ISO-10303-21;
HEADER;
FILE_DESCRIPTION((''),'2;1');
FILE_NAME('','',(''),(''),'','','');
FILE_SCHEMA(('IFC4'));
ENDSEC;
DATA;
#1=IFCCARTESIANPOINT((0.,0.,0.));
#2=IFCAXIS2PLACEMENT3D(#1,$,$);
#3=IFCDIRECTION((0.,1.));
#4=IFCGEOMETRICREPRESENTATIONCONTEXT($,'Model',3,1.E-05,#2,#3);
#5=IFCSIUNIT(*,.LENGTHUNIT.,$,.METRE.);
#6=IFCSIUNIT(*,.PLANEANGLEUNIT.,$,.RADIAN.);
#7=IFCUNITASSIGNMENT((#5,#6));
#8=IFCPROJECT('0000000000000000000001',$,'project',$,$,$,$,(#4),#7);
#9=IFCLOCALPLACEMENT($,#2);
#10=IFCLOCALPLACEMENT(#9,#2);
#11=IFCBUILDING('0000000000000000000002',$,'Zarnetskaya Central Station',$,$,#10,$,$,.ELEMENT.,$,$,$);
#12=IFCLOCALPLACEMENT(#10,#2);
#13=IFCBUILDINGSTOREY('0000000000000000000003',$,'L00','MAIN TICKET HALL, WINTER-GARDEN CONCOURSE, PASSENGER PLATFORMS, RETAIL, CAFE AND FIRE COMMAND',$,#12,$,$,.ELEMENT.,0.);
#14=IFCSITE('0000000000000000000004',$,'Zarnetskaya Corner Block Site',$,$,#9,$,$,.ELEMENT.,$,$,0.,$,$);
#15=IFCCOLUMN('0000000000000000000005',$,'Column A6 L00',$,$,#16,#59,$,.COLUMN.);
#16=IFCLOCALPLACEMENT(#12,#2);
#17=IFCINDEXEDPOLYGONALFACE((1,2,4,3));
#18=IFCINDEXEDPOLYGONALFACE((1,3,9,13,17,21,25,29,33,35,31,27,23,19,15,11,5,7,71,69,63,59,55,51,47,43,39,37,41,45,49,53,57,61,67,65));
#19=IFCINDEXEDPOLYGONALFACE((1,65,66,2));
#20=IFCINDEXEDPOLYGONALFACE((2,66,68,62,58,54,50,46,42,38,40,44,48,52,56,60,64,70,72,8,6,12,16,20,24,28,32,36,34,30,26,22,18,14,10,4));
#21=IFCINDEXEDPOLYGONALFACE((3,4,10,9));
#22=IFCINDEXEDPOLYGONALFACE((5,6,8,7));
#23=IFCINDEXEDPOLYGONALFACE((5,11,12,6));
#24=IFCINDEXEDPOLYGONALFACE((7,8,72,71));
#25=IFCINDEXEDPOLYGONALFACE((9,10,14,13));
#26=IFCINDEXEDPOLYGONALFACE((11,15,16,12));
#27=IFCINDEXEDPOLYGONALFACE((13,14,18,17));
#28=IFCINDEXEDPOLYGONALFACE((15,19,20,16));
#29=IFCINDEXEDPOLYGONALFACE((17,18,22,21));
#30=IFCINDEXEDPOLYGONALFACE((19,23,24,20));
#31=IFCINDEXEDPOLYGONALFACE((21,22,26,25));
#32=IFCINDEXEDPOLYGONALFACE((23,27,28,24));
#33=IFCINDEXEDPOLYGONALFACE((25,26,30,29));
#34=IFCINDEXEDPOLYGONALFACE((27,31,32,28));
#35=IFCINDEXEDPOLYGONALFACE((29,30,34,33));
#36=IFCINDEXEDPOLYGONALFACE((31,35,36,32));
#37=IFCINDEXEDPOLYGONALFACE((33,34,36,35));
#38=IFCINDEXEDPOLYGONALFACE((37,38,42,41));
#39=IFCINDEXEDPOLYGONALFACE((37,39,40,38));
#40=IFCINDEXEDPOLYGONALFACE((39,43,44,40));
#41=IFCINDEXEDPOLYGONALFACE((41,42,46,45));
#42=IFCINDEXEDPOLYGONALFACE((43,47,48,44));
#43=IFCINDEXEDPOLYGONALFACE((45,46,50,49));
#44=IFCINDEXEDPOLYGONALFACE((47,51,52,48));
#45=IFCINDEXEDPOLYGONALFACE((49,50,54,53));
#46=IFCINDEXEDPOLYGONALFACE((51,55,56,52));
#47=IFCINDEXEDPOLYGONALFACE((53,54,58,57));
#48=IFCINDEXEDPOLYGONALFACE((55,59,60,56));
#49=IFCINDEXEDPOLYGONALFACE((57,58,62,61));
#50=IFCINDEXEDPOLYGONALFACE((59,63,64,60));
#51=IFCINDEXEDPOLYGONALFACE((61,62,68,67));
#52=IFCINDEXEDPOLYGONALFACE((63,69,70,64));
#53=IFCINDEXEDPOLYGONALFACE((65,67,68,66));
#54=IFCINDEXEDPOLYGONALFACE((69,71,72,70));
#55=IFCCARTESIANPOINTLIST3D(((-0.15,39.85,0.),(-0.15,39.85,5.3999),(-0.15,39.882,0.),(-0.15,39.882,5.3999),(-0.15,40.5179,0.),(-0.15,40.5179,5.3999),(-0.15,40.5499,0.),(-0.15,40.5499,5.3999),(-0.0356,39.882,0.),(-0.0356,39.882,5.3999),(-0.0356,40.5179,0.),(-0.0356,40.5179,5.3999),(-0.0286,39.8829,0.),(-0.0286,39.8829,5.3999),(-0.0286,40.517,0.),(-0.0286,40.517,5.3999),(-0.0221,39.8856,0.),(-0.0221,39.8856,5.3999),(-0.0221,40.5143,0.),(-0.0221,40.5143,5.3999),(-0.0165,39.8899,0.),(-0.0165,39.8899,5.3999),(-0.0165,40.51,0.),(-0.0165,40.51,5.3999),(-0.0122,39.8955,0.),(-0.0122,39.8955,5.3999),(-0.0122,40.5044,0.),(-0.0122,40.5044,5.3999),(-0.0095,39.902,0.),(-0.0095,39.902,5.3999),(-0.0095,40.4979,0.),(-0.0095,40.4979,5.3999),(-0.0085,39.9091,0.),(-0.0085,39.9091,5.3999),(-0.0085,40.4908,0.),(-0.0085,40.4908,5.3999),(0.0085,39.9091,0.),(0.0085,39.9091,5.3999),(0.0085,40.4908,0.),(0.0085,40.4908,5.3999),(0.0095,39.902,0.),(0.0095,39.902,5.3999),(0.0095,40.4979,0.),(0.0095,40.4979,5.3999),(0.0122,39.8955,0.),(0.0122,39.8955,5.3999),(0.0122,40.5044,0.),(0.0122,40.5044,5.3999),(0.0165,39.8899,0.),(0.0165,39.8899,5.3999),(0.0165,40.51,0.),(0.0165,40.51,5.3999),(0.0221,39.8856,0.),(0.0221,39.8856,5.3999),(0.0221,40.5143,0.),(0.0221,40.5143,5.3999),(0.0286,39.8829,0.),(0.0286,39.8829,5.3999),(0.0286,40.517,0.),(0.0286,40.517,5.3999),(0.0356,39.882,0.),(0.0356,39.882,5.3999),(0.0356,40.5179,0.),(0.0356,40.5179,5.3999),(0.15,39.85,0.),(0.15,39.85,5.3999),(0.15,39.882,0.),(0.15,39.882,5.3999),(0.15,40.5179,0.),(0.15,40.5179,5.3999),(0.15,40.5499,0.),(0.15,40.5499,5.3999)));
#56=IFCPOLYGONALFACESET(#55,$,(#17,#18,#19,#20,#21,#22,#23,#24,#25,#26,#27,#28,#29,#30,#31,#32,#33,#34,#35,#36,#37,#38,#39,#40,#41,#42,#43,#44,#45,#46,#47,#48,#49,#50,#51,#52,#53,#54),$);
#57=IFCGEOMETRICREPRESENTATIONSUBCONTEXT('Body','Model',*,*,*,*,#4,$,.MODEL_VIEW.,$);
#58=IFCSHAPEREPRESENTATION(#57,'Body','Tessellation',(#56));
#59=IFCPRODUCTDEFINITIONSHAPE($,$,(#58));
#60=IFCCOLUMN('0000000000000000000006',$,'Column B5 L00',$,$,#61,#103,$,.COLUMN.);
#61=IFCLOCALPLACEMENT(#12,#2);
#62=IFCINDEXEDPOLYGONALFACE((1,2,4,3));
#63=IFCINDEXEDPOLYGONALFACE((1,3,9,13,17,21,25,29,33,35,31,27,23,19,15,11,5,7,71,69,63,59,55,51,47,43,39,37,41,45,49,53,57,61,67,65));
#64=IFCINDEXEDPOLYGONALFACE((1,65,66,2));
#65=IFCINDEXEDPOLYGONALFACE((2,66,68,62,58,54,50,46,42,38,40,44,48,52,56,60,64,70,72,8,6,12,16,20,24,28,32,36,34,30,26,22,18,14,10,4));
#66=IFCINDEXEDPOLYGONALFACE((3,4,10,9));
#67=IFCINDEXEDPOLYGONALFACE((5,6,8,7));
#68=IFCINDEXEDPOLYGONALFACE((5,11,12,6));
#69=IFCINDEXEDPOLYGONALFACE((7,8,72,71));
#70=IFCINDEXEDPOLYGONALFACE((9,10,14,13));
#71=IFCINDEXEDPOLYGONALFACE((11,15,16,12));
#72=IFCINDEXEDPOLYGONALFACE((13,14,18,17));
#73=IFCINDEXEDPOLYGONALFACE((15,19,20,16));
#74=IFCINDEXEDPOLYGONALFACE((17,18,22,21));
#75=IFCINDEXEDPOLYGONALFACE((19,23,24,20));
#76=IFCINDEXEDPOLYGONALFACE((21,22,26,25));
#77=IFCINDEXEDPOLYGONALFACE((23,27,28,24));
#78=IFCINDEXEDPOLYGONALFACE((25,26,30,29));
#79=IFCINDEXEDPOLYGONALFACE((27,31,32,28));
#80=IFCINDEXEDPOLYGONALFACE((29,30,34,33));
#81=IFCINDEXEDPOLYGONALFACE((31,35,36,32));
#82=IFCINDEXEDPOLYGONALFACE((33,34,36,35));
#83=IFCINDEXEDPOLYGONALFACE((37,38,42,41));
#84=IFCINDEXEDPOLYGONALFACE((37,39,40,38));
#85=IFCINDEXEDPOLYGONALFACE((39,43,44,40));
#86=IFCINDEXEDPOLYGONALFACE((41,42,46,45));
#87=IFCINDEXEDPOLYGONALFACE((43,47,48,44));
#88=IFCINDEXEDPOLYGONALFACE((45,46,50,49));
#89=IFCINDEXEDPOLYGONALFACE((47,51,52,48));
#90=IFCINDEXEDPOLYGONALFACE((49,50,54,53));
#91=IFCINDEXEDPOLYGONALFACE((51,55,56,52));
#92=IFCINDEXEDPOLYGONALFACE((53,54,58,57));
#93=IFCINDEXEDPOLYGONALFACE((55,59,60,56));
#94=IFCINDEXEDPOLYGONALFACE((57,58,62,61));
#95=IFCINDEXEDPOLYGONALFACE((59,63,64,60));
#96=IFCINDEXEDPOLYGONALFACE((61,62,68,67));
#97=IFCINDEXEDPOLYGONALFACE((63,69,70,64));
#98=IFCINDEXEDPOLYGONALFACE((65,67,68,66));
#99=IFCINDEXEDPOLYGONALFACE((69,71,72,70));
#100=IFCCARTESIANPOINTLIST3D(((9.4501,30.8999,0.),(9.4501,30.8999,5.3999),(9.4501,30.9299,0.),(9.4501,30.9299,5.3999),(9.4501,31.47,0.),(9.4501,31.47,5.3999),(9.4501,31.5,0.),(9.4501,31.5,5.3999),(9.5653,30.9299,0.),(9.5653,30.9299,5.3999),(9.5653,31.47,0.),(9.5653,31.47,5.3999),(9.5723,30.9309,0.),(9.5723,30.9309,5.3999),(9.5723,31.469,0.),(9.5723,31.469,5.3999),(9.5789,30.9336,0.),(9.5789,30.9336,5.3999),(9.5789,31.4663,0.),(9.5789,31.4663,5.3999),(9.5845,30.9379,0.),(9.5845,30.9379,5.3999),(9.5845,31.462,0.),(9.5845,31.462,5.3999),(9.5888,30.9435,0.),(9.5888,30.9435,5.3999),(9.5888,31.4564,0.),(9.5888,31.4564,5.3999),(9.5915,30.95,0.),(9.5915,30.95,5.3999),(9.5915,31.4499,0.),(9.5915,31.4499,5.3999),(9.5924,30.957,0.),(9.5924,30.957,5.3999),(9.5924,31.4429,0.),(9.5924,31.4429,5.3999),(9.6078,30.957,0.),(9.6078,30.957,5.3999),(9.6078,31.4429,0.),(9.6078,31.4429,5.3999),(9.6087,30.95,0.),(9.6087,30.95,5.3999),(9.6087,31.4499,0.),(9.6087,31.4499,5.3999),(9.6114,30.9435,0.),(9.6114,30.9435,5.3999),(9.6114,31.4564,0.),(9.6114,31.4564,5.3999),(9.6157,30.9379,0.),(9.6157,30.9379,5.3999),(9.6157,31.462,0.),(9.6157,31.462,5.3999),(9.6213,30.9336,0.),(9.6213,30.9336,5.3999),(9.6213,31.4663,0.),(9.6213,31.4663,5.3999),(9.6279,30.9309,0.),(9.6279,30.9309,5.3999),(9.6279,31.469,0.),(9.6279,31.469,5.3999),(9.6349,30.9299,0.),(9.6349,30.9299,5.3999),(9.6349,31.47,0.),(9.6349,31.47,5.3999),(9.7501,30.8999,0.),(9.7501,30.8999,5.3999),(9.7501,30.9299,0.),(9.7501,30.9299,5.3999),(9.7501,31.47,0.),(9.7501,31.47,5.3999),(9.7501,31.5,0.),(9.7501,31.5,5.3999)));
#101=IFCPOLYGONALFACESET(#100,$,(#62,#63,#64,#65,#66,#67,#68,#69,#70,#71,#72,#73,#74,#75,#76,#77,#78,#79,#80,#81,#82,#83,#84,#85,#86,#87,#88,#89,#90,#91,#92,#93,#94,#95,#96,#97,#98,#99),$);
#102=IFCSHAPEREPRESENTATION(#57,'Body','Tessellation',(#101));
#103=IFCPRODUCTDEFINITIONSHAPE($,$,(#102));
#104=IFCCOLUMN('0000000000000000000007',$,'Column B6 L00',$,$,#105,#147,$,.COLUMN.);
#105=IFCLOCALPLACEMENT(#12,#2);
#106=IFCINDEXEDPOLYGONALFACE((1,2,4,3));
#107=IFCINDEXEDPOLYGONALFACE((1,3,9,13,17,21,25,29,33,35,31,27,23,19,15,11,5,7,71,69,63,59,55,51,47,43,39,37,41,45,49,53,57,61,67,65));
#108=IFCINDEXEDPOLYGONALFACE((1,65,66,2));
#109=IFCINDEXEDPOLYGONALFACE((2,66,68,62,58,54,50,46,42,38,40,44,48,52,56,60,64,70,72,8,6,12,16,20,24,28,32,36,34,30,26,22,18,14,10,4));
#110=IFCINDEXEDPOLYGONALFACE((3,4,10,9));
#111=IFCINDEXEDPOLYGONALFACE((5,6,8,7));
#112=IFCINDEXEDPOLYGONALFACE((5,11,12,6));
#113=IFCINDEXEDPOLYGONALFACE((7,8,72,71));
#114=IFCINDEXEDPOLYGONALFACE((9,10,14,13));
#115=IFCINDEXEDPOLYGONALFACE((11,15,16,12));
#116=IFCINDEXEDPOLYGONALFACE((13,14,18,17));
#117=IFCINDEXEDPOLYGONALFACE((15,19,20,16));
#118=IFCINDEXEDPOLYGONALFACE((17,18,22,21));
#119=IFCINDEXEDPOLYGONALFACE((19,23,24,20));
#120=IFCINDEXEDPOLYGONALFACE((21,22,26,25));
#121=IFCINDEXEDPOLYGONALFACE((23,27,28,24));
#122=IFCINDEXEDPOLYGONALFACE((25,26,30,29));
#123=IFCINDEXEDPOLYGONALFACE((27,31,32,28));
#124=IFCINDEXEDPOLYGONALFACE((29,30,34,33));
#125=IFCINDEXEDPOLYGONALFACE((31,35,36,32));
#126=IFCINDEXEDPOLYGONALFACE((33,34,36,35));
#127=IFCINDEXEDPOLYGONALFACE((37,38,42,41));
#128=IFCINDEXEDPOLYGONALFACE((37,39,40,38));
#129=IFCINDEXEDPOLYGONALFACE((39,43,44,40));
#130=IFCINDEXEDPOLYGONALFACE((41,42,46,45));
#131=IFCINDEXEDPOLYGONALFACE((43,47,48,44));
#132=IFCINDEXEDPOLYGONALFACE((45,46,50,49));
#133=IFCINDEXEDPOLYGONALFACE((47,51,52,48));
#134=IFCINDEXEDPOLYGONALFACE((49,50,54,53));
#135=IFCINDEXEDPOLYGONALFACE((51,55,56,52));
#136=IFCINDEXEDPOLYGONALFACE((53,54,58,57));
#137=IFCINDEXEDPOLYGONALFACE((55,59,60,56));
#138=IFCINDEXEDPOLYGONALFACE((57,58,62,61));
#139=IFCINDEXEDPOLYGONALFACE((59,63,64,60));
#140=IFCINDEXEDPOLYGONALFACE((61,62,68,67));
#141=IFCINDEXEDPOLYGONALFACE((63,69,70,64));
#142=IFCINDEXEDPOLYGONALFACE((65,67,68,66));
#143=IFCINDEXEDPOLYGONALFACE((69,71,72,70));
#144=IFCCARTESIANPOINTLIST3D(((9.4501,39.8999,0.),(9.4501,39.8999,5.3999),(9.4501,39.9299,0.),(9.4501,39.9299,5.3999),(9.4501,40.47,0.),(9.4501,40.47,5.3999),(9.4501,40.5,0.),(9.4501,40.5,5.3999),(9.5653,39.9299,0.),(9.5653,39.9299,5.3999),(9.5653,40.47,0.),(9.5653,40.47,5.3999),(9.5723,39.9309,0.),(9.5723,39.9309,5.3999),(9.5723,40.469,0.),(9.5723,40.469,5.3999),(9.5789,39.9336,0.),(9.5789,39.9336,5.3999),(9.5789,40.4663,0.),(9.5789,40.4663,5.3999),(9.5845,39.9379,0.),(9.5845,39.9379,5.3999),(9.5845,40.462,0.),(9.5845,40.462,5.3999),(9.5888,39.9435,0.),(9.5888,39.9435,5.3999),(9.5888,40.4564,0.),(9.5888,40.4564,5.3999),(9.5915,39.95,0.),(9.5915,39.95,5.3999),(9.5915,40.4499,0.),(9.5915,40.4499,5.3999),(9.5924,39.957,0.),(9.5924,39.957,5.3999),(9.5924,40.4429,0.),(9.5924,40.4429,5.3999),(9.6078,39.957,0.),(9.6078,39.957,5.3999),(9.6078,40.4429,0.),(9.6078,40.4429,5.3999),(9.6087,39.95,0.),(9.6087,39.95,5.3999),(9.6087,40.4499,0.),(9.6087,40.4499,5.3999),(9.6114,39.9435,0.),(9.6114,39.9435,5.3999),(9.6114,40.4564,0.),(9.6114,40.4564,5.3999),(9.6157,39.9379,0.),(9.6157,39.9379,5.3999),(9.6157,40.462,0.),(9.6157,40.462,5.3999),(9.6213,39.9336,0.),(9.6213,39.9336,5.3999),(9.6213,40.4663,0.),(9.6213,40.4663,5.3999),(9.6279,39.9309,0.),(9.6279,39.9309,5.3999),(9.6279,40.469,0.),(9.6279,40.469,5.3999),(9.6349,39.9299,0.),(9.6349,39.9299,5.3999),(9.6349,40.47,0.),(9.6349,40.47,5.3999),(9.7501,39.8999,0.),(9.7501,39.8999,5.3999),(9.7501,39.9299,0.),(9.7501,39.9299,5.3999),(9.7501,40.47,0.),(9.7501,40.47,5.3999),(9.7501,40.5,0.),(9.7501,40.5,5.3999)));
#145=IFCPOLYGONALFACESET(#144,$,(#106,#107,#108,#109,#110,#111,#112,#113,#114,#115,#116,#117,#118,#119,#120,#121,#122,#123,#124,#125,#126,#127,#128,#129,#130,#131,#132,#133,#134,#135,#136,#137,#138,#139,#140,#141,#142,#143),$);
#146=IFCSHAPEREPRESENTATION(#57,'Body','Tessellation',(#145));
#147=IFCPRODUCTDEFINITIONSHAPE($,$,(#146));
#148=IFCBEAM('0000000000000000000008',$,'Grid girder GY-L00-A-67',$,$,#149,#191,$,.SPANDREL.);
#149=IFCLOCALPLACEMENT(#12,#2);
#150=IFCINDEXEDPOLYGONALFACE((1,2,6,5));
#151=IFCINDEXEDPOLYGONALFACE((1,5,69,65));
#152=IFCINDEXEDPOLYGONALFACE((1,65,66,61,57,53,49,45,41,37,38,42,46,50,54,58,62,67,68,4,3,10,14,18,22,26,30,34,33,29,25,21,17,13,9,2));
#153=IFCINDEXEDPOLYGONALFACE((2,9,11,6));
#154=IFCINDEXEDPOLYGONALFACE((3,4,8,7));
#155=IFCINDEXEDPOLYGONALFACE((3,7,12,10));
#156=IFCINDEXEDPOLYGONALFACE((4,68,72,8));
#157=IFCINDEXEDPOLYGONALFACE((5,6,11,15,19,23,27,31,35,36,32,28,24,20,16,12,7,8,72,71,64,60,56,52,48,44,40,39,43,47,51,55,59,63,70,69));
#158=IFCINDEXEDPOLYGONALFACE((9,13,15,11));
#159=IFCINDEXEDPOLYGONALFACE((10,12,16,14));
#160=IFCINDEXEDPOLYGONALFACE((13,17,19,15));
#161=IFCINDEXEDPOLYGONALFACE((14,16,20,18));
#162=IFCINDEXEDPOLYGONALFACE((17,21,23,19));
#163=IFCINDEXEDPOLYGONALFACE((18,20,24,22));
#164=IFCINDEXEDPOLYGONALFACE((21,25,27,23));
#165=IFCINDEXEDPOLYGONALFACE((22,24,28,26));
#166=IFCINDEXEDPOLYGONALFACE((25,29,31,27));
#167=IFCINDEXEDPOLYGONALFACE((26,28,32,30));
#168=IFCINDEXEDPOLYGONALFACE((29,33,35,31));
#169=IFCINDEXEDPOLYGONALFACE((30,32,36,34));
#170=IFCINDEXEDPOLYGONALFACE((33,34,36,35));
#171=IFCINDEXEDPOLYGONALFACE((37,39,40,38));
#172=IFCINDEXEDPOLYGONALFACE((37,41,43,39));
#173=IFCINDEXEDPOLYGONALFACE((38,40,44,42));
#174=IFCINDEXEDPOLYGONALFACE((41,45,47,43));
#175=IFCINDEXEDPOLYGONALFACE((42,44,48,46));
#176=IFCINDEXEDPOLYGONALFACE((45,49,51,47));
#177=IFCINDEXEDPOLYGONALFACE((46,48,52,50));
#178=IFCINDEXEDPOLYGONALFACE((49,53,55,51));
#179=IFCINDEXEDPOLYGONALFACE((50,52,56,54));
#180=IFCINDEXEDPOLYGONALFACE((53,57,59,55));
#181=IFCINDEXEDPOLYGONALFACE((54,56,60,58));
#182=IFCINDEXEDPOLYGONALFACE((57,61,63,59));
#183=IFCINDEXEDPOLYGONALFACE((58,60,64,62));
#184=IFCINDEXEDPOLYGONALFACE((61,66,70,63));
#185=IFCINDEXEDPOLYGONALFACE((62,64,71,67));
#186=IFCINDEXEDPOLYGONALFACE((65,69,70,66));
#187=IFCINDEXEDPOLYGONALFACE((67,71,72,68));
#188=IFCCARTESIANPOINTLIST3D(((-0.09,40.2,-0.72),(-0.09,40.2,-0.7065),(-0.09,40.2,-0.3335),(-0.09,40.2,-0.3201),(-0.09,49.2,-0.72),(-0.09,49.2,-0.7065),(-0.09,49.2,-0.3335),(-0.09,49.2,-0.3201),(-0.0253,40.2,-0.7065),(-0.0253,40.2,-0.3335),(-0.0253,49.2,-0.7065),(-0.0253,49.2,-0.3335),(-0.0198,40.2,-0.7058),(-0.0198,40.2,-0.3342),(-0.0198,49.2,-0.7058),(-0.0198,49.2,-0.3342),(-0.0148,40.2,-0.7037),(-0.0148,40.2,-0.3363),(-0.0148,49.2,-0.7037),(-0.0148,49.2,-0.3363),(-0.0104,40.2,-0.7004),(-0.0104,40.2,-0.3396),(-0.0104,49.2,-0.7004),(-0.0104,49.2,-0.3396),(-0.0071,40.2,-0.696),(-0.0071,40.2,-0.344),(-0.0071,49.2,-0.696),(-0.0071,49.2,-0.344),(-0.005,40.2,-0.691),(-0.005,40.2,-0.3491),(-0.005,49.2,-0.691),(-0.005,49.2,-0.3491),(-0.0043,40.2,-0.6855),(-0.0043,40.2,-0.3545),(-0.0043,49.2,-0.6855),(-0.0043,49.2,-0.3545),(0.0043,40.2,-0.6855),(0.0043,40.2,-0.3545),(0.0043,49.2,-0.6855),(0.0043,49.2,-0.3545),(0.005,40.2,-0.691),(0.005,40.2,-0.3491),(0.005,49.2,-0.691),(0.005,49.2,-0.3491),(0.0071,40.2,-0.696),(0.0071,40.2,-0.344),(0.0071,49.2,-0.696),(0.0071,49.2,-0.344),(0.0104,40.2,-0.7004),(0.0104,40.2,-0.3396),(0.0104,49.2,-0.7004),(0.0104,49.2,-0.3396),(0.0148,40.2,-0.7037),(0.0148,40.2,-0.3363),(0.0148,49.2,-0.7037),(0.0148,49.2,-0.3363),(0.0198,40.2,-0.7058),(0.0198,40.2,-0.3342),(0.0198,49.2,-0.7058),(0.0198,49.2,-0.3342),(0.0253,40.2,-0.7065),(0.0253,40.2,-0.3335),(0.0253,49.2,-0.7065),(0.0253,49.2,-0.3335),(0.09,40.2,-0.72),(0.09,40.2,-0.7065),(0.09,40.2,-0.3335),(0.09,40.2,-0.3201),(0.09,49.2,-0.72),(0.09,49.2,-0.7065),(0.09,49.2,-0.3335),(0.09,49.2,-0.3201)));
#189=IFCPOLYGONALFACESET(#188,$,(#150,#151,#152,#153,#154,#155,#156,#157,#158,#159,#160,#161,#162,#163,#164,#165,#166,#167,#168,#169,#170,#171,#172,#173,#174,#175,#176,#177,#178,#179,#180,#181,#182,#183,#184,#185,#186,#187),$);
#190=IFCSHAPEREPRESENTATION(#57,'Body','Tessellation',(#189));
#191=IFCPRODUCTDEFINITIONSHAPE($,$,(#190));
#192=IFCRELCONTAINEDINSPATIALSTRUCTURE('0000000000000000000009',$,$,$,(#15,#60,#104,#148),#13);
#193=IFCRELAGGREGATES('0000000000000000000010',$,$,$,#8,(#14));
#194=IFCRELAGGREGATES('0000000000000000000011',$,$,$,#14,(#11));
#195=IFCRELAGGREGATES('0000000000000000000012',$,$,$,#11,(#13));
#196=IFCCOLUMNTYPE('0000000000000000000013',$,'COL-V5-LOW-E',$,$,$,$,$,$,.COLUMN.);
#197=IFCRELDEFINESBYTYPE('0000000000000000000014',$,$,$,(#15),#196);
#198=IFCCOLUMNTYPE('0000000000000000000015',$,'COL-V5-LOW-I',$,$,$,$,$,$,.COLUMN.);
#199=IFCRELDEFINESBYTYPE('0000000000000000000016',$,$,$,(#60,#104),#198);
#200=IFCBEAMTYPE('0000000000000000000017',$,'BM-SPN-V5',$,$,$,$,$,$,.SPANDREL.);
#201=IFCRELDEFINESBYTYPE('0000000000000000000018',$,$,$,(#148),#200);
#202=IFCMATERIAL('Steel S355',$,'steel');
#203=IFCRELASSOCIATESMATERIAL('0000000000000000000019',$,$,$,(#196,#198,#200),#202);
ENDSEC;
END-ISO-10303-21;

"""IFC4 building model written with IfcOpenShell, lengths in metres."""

from ifc_helpers import new_model, si_unit, direction, frame, origin, origin_2d, place, context, subcontext, project, spatial, i_section, extrude, material, material_profile, profile_set, type_object, element, save


model = new_model("IFC4")

# Units and contexts
model_context = context("Model", 3, precision=1e-05, world=origin(), true_north=direction((0.0, 1.0)))
body_context = subcontext(model_context, "Body", "Model", "MODEL_VIEW")
ifc_project = project(units=[si_unit("LENGTHUNIT", "METRE"), si_unit("PLANEANGLEUNIT", "RADIAN")], contexts=[model_context])

# Site, building, storey
site_placement = place(None, origin())
site = spatial("IfcSite", under=ifc_project, at=site_placement, Name="Zarnetskaya Corner Block Site", CompositionType="ELEMENT", RefElevation=0.0)
building_placement = place(site_placement, origin())
building = spatial("IfcBuilding", under=site, at=building_placement, Name="Zarnetskaya Central Station", CompositionType="ELEMENT")
storey_placement = place(building_placement, origin())
storey = spatial("IfcBuildingStorey", under=building, at=storey_placement, Name="L00", Description="MAIN TICKET HALL, WINTER-GARDEN CONCOURSE, PASSENGER PLATFORMS, RETAIL, CAFE AND FIRE COMMAND", CompositionType="ELEMENT", Elevation=0.0)

# Columns
ifc_material_1 = material(Name="Steel S355", Category="steel")
ifc_material_profile_1 = material_profile(ifc_material_1, i_section(OverallWidth=0.3, OverallDepth=0.7, WebThickness=0.0171, FlangeThickness=0.032, FilletRadius=0.0271, at=origin_2d()), Name="HEB 700")
ifc_profile_set_1 = profile_set([ifc_material_profile_1], Name="Steel S355")
column_type_1 = type_object("IfcColumnType", Name="COL-V5-LOW-E", PredefinedType="COLUMN", material=ifc_profile_set_1)
column_placement = place(storey_placement, frame((0.0, 40.2, 0.0), z_axis=(0.0, 0.0, 1.0), x_axis=(1.0, 0.0, 0.0)))
element("IfcColumn", 1, at=column_placement, inside=storey, type_object=column_type_1, Name="Column A6 L00", PredefinedType="COLUMN", context=body_context, shape_type="SweptSolid", body=[
    extrude(i_section(OverallWidth=0.3, OverallDepth=0.7, WebThickness=0.0171, FlangeThickness=0.032, FilletRadius=0.0271, at=origin_2d()), origin(), (0.0, 0.0, 1.0), 5.3999),
])
ifc_material_profile_2 = material_profile(ifc_material_1, i_section(OverallWidth=0.3, OverallDepth=0.6001, WebThickness=0.0154, FlangeThickness=0.03, FilletRadius=0.0271, at=origin_2d()), Name="HEB 600")
ifc_profile_set_2 = profile_set([ifc_material_profile_2], Name="Steel S355")
column_type_2 = type_object("IfcColumnType", Name="COL-V5-LOW-I", PredefinedType="COLUMN", material=ifc_profile_set_2)
for number, where, z_axis, x_axis, name in (
    (2, (9.6001, 31.2, 0.0), (0.0, 0.0, 1.0), (1.0, 0.0, 0.0), "Column B5 L00"),
    (3, (9.6001, 40.2, 0.0), (0.0, 0.0, 1.0), (1.0, 0.0, 0.0), "Column B6 L00"),
):
    element("IfcColumn", number, at=place(storey_placement, frame(where, z_axis=z_axis, x_axis=x_axis)), inside=storey, type_object=column_type_2, Name=name, PredefinedType="COLUMN", context=body_context, shape_type="SweptSolid", body=[
        extrude(i_section(OverallWidth=0.3, OverallDepth=0.6001, WebThickness=0.0154, FlangeThickness=0.03, FilletRadius=0.0271, at=origin_2d()), origin(), (0.0, 0.0, 1.0), 5.3999),
    ])

# Beam
ifc_material_profile_3 = material_profile(ifc_material_1, i_section(OverallWidth=0.1799, OverallDepth=0.3999, WebThickness=0.0085, FlangeThickness=0.0134, FilletRadius=0.021, at=origin_2d()), Name="IPE 400")
ifc_profile_set_3 = profile_set([ifc_material_profile_3], Name="Steel S355")
beam_type_1 = type_object("IfcBeamType", Name="BM-SPN-V5", PredefinedType="SPANDREL", material=ifc_profile_set_3)
beam_1_placement = place(storey_placement, frame((0.0, 40.2, -0.52), z_axis=(0.0, 1.0, 0.0), x_axis=(-1.0, 0.0, 0.0)))
element("IfcBeam", 4, at=beam_1_placement, inside=storey, type_object=beam_type_1, Name="Grid girder GY-L00-A-67", PredefinedType="SPANDREL", context=body_context, shape_type="SweptSolid", body=[
    extrude(i_section(OverallWidth=0.1799, OverallDepth=0.3999, WebThickness=0.0085, FlangeThickness=0.0134, FilletRadius=0.021, at=origin_2d()), origin(), (0.0, 0.0, 1.0), 9.0),
])

save(model, "model.ifc")
